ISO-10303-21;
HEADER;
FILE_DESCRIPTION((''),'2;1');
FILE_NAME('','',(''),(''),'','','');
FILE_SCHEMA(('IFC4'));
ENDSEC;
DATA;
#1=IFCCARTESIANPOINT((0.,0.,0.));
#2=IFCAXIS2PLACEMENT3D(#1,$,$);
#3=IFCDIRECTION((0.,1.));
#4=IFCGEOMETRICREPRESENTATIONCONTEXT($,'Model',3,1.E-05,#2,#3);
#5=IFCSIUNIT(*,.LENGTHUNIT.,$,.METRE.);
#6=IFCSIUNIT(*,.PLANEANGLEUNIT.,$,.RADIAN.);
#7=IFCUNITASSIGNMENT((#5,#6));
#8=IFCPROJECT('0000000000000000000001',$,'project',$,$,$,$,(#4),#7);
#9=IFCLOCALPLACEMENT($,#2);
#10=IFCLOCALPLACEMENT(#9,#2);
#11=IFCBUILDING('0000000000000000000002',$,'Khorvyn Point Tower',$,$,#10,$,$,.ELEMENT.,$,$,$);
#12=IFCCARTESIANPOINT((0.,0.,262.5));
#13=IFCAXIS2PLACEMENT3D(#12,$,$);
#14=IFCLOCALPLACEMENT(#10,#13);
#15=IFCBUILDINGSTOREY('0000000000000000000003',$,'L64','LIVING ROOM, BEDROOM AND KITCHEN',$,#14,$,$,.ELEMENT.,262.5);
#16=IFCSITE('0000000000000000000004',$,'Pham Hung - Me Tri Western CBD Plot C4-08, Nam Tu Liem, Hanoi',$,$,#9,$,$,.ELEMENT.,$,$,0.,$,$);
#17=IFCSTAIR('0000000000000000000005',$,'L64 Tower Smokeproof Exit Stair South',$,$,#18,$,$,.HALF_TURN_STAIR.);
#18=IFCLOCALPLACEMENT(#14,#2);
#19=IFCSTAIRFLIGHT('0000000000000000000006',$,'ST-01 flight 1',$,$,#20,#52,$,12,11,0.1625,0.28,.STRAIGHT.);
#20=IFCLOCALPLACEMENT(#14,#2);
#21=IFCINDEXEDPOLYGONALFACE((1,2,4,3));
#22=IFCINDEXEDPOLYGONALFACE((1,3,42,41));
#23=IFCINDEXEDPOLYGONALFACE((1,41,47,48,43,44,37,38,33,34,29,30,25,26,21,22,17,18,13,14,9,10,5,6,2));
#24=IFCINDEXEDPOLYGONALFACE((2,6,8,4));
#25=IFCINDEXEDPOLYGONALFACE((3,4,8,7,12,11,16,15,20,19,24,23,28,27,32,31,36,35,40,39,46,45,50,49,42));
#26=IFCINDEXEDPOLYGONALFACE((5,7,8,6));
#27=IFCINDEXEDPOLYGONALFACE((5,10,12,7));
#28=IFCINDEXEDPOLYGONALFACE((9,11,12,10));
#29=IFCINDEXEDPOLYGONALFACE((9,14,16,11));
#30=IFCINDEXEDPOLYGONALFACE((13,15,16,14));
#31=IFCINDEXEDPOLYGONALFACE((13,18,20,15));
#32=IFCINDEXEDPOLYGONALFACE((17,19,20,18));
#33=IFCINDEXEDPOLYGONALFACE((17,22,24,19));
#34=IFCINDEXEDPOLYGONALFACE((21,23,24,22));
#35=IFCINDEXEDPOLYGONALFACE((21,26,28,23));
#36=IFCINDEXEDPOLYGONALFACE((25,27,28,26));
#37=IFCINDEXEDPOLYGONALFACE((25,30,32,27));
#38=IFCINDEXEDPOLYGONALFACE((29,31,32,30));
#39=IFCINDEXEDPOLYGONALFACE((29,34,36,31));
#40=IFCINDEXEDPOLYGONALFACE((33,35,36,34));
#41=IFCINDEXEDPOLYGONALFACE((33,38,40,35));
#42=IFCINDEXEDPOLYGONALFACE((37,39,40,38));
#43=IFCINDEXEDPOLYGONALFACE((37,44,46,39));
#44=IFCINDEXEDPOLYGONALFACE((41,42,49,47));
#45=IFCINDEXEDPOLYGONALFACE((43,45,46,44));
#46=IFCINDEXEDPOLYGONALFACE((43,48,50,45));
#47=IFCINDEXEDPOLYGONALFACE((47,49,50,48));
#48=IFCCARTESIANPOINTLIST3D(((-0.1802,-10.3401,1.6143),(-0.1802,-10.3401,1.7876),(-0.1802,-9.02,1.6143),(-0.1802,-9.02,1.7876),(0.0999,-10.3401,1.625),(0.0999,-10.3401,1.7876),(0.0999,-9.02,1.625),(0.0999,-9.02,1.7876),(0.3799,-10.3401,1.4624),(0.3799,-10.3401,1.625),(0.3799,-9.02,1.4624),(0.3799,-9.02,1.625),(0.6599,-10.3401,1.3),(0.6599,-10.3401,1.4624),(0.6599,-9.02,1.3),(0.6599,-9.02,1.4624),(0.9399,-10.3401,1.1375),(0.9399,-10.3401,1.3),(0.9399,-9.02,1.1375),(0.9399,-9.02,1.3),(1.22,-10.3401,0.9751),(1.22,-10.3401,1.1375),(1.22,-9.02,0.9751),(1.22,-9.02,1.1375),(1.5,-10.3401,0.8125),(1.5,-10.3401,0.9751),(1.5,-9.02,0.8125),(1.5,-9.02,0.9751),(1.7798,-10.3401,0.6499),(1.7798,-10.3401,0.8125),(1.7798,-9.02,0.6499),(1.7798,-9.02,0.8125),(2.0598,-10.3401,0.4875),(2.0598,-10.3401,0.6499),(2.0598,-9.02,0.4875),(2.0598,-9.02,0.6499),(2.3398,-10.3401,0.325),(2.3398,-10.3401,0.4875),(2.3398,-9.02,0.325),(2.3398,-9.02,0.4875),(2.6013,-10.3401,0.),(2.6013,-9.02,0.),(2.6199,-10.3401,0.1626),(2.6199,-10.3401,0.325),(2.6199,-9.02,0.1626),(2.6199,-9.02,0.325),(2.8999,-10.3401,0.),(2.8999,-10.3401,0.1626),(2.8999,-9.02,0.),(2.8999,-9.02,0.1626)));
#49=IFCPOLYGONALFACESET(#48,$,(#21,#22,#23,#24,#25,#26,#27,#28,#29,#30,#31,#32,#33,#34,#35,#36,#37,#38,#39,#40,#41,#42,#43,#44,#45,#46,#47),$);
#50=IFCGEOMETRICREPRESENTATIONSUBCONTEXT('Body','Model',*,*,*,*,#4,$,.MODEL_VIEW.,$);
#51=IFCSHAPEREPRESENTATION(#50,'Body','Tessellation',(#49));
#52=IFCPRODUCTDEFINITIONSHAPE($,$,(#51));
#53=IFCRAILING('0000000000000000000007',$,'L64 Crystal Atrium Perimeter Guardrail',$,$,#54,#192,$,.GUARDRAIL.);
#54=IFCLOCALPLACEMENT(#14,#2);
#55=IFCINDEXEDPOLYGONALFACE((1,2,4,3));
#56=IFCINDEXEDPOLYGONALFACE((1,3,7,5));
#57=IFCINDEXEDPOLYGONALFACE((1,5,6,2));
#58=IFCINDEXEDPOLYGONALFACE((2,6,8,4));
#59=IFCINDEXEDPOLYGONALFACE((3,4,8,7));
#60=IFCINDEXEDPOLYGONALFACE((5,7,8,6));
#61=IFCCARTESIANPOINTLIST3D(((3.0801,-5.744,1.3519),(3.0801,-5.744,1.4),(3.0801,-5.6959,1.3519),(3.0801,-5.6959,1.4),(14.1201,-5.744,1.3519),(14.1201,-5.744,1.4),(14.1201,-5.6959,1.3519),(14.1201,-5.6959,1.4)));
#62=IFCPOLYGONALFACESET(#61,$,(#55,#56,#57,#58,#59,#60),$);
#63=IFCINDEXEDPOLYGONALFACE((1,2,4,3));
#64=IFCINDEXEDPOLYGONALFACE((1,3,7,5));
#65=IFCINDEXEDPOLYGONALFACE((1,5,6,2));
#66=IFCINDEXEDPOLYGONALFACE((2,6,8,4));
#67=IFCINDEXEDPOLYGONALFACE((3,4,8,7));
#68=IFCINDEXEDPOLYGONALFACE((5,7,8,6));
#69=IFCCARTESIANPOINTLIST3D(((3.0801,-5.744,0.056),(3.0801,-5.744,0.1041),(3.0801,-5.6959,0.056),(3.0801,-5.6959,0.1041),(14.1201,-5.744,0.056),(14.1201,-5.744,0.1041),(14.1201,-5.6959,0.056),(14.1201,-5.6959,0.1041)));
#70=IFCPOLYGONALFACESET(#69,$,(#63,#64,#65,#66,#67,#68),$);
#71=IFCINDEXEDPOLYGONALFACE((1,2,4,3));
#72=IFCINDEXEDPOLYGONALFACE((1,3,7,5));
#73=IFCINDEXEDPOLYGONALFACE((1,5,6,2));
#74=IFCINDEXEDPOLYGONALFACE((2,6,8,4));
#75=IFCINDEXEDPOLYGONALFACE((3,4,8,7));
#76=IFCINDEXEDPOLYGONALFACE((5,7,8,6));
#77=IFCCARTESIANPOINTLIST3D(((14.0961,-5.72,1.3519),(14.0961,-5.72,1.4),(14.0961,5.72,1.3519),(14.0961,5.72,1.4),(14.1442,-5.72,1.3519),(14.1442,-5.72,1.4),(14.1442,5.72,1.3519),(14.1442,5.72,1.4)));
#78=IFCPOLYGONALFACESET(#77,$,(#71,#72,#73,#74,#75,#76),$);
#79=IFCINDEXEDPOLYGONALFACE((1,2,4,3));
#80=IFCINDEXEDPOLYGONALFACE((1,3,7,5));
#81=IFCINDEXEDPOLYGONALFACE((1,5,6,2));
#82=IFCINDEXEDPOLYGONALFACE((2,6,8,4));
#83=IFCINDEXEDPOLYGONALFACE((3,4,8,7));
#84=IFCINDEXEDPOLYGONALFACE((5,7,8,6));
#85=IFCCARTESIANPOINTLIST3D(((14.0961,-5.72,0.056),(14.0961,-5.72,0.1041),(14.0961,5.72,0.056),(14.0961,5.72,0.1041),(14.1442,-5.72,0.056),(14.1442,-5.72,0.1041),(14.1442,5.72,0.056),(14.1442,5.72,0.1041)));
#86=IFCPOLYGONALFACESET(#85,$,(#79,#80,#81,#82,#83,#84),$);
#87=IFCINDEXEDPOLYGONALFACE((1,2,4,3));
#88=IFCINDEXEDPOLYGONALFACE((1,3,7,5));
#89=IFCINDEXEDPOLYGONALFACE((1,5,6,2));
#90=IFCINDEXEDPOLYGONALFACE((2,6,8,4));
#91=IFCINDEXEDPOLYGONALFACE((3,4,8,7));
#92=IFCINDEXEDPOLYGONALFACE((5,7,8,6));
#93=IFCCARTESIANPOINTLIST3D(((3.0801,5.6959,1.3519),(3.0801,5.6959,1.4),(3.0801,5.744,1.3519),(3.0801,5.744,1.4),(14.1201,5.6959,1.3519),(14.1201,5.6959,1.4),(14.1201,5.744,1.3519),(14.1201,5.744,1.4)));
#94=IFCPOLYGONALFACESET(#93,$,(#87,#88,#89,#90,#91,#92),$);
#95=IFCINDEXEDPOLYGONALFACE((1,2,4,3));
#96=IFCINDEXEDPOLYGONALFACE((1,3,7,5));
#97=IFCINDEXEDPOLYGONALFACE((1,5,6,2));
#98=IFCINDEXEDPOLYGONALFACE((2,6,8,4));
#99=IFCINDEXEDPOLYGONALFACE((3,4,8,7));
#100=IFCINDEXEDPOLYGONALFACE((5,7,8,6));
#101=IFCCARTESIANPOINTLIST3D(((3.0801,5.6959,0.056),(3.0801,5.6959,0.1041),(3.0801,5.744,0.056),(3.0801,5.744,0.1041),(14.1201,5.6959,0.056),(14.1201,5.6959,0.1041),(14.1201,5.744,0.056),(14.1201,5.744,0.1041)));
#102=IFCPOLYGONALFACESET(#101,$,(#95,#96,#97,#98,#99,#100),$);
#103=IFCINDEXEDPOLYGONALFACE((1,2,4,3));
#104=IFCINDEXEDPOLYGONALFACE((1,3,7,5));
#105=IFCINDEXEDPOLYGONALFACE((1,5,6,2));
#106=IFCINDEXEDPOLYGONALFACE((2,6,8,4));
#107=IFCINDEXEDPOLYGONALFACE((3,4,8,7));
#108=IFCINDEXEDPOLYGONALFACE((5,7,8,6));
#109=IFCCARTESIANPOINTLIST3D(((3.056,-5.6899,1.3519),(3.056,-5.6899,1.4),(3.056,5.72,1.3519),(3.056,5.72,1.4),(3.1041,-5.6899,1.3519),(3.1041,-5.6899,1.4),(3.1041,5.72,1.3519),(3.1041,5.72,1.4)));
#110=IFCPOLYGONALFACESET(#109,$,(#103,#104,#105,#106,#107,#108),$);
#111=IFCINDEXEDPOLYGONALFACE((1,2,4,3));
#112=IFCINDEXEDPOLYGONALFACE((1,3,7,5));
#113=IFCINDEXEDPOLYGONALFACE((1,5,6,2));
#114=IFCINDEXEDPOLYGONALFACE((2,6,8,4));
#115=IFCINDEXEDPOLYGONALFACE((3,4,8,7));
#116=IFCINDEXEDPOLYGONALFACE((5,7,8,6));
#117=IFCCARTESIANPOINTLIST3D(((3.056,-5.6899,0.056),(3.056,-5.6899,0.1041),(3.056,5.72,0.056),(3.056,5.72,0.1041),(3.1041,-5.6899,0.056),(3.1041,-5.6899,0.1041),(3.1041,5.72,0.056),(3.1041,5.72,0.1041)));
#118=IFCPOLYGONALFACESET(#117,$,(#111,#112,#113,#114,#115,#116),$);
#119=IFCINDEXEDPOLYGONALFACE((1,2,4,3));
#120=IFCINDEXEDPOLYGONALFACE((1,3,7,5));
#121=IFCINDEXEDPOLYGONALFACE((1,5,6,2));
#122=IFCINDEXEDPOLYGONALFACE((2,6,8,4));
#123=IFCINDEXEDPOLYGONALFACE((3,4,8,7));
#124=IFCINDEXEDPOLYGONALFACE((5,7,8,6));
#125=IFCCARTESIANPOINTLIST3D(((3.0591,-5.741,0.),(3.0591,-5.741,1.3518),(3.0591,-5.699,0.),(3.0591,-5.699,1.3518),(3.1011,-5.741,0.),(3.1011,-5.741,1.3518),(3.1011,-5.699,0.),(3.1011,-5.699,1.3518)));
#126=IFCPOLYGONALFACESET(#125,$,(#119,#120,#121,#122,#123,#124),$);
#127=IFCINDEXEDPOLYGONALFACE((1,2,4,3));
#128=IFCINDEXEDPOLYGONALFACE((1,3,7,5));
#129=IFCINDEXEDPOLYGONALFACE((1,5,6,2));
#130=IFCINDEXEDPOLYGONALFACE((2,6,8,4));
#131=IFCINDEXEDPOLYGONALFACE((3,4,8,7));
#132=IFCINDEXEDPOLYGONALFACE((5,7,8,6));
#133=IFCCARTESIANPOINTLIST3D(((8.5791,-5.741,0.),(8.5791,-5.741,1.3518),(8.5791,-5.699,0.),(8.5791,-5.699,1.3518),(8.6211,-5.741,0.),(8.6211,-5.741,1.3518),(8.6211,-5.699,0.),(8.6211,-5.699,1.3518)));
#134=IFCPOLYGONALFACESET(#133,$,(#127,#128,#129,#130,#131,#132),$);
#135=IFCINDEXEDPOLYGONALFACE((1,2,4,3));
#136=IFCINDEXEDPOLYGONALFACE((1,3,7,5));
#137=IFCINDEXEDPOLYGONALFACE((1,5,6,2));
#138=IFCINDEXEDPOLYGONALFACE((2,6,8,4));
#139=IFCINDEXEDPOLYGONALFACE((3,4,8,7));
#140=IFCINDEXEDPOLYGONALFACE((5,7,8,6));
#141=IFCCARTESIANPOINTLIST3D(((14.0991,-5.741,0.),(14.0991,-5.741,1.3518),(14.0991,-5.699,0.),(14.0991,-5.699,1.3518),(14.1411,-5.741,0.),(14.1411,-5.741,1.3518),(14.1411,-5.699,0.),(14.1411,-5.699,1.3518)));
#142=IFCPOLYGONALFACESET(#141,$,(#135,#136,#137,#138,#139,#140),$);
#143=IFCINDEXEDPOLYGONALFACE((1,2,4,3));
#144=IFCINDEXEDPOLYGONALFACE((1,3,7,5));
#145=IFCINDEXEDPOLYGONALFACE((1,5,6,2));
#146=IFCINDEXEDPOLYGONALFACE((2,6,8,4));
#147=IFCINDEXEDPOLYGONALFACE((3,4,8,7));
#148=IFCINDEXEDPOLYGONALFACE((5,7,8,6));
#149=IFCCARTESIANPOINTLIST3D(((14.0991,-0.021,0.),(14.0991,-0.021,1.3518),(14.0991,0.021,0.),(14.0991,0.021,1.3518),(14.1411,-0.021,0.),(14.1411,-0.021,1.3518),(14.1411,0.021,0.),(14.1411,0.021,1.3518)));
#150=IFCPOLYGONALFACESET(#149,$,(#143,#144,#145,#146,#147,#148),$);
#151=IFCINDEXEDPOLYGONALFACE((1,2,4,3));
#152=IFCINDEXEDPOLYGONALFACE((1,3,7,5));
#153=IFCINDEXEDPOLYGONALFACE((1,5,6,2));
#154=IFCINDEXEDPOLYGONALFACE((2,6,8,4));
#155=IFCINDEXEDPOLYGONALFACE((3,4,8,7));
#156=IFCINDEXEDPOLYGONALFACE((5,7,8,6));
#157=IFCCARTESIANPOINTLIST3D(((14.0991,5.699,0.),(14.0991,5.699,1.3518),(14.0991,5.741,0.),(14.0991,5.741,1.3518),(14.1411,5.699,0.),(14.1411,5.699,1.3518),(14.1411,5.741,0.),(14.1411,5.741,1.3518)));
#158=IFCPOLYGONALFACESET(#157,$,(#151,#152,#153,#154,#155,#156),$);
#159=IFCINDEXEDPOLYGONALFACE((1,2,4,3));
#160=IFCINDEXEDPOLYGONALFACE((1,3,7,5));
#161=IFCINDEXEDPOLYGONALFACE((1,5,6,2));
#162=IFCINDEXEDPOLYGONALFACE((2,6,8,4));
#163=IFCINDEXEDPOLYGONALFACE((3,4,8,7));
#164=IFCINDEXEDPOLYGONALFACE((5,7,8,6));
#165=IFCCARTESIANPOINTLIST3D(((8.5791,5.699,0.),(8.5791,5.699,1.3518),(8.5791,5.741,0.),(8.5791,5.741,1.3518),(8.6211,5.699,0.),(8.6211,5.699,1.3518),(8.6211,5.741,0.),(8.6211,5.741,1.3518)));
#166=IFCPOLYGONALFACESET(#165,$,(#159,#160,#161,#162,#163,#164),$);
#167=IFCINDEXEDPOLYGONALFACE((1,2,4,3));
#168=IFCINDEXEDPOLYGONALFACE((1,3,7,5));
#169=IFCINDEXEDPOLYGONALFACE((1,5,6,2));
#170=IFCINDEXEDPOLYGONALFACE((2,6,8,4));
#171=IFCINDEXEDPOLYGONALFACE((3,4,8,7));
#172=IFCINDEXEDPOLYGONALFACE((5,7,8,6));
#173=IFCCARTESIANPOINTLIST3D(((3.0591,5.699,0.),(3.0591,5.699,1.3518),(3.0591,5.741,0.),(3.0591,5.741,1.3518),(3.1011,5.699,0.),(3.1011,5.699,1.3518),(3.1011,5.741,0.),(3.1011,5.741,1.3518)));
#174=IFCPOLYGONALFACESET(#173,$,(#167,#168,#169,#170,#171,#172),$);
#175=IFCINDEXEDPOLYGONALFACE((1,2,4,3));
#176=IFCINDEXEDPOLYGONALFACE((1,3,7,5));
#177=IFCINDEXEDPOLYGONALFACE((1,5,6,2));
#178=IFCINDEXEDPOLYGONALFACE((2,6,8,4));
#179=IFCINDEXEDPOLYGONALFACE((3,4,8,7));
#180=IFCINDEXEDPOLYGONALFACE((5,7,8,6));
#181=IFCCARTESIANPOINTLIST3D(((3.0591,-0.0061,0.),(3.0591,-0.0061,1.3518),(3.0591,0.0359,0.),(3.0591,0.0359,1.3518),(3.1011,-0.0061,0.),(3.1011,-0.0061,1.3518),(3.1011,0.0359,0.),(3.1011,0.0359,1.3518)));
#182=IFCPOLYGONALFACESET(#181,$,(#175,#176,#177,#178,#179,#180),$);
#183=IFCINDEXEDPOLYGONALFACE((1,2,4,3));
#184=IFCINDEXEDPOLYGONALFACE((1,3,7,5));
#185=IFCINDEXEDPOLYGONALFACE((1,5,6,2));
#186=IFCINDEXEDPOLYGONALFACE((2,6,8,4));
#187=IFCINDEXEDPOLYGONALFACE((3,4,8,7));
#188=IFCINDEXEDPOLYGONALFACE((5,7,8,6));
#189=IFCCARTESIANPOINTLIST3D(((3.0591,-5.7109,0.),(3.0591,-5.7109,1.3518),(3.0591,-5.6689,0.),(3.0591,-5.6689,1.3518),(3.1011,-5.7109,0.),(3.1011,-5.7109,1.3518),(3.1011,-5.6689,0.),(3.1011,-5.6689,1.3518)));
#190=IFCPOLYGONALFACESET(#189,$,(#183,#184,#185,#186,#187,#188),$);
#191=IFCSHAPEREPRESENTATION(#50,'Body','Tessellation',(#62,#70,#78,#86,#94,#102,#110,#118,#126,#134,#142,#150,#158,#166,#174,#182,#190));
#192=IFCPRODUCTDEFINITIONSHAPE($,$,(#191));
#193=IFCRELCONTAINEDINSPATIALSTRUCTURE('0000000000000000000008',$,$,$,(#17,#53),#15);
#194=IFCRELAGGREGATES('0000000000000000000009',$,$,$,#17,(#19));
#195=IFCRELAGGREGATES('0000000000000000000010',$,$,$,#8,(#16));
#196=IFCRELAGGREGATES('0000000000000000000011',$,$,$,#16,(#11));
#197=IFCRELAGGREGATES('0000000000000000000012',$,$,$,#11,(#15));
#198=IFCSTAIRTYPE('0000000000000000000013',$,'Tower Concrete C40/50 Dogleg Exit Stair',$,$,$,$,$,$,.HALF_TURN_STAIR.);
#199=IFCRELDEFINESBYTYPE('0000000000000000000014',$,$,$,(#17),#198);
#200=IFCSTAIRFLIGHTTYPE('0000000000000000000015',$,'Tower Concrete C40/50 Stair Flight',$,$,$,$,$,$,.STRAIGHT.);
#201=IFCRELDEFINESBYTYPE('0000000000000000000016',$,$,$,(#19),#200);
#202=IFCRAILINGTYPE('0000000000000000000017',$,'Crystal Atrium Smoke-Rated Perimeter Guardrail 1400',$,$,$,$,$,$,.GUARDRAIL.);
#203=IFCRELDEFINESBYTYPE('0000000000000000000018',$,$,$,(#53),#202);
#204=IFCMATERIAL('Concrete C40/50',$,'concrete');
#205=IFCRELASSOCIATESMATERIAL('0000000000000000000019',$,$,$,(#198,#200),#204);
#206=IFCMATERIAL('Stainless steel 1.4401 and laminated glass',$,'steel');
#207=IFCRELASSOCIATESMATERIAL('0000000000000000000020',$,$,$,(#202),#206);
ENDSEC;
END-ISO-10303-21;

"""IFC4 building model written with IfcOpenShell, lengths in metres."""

from ifc_helpers import new_model, si_unit, direction, frame, origin, origin_2d, place, context, subcontext, project, spatial, polyline, rectangle, outline, extrude, material, type_object, element, aggregate, save


model = new_model("IFC4")

# Units and contexts
model_context = context("Model", 3, precision=1e-05, world=origin(), true_north=direction((0.0, 1.0)))
body_context = subcontext(model_context, "Body", "Model", "MODEL_VIEW")
ifc_project = project(units=[si_unit("LENGTHUNIT", "METRE"), si_unit("PLANEANGLEUNIT", "RADIAN")], contexts=[model_context])

# Site, building, storey
site_placement = place(None, origin())
site = spatial("IfcSite", under=ifc_project, at=site_placement, Name="Pham Hung - Me Tri Western CBD Plot C4-08, Nam Tu Liem, Hanoi", CompositionType="ELEMENT", RefElevation=0.0)
building_placement = place(site_placement, origin())
building = spatial("IfcBuilding", under=site, at=building_placement, Name="Khorvyn Point Tower", CompositionType="ELEMENT")
storey_placement = place(building_placement, frame((0.0, 0.0, 262.5)))
storey = spatial("IfcBuildingStorey", under=building, at=storey_placement, Name="L64", Description="LIVING ROOM, BEDROOM AND KITCHEN", CompositionType="ELEMENT", Elevation=262.5)

# Shared definitions
ifc_material_1 = material(Name="Concrete C40/50", Category="concrete")

# Stair, stair flight
stair_type = type_object("IfcStairType", Name="Tower Concrete C40/50 Dogleg Exit Stair", PredefinedType="HALF_TURN_STAIR", material=ifc_material_1)
stair_placement = place(storey_placement, origin())
stair = element("IfcStair", 1, at=stair_placement, inside=storey, type_object=stair_type, Name="L64 Tower Smokeproof Exit Stair South", PredefinedType="HALF_TURN_STAIR")
stair_flight_type = type_object("IfcStairFlightType", Name="Tower Concrete C40/50 Stair Flight", PredefinedType="STRAIGHT", material=ifc_material_1)
stair_flight_placement = place(storey_placement, frame((2.8999, -9.6799, 0.0), z_axis=(0.0, 0.0, 1.0), x_axis=(-1.0, 0.0, 0.0)))
stair_flight = element("IfcStairFlight", 2, at=stair_flight_placement, type_object=stair_flight_type, Name="ST-01 flight 1", NumberOfRisers=12, NumberOfTreads=11, PredefinedType="STRAIGHT", RiserHeight=0.1625, TreadLength=0.28, context=body_context, shape_type="SweptSolid", body=[
    extrude(outline(polyline([(0.0, 0.0), (0.0, 0.1626), (0.28, 0.1626), (0.28, 0.325), (0.5601, 0.325), (0.5601, 0.4875), (0.8401, 0.4875), (0.8401, 0.6499), (1.1201, 0.6499), (1.1201, 0.8125), (1.3999, 0.8125), (1.3999, 0.9751), (1.6799, 0.9751), (1.6799, 1.1375), (1.96, 1.1375), (1.96, 1.3), (2.24, 1.3), (2.24, 1.4624), (2.52, 1.4624), (2.52, 1.625), (2.8, 1.625), (2.8, 1.7876), (3.0801, 1.7876), (3.0801, 1.95), (3.0801, 1.6143), (0.2986, 0.0), (0.0, 0.0)])), frame((0.0, 0.6602, 0.0), z_axis=(0.0, -1.0, 0.0), x_axis=(1.0, 0.0, 0.0)), (0.0, 0.0, 1.0), 1.3201),
])
aggregate(stair, [stair_flight])

# Railing
ifc_material_2 = material(Name="Stainless steel 1.4401 and laminated glass", Category="steel")
railing_type_1 = type_object("IfcRailingType", Name="Crystal Atrium Smoke-Rated Perimeter Guardrail 1400", PredefinedType="GUARDRAIL", material=ifc_material_2)
railing_1_placement = place(storey_placement, frame((3.0801, -5.72, 0.0)))
element("IfcRailing", 3, at=railing_1_placement, inside=storey, type_object=railing_type_1, Name="L64 Crystal Atrium Perimeter Guardrail", PredefinedType="GUARDRAIL", context=body_context, shape_type="SweptSolid", body=[
    extrude(rectangle(XDim=0.0481, YDim=0.0481, at=origin_2d()), frame((0.0, 0.0, 1.376), z_axis=(1.0, 0.0, 0.0), x_axis=(0.0, 1.0, 0.0)), (0.0, 0.0, 1.0), 11.04),
    extrude(rectangle(XDim=0.0481, YDim=0.0481, at=origin_2d()), frame((0.0, 0.0, 0.0801), z_axis=(1.0, 0.0, 0.0), x_axis=(0.0, 1.0, 0.0)), (0.0, 0.0, 1.0), 11.04),
    extrude(rectangle(XDim=0.0481, YDim=0.0481, at=origin_2d()), frame((11.04, 0.0, 1.376), z_axis=(0.0, 1.0, 0.0), x_axis=(-1.0, 0.0, 0.0)), (0.0, 0.0, 1.0), 11.4399),
    extrude(rectangle(XDim=0.0481, YDim=0.0481, at=origin_2d()), frame((11.04, 0.0, 0.0801), z_axis=(0.0, 1.0, 0.0), x_axis=(-1.0, 0.0, 0.0)), (0.0, 0.0, 1.0), 11.4399),
    extrude(rectangle(XDim=0.0481, YDim=0.0481, at=origin_2d()), frame((11.04, 11.4399, 1.376), z_axis=(-1.0, 0.0, 0.0), x_axis=(0.0, -1.0, 0.0)), (0.0, 0.0, 1.0), 11.04),
    extrude(rectangle(XDim=0.0481, YDim=0.0481, at=origin_2d()), frame((11.04, 11.4399, 0.0801), z_axis=(-1.0, 0.0, 0.0), x_axis=(0.0, -1.0, 0.0)), (0.0, 0.0, 1.0), 11.04),
    extrude(rectangle(XDim=0.0481, YDim=0.0481, at=origin_2d()), frame((0.0, 11.4399, 1.376), z_axis=(0.0, -1.0, 0.0), x_axis=(1.0, 0.0, 0.0)), (0.0, 0.0, 1.0), 11.4099),
    extrude(rectangle(XDim=0.0481, YDim=0.0481, at=origin_2d()), frame((0.0, 11.4399, 0.0801), z_axis=(0.0, -1.0, 0.0), x_axis=(1.0, 0.0, 0.0)), (0.0, 0.0, 1.0), 11.4099),
    extrude(rectangle(XDim=0.042, YDim=0.042, at=origin_2d()), origin(), (0.0, 0.0, 1.0), 1.3518),
    extrude(rectangle(XDim=0.042, YDim=0.042, at=origin_2d()), frame((5.52, 0.0, 0.0)), (0.0, 0.0, 1.0), 1.3518),
    extrude(rectangle(XDim=0.042, YDim=0.042, at=origin_2d()), frame((11.04, 0.0, 0.0)), (0.0, 0.0, 1.0), 1.3518),
    extrude(rectangle(XDim=0.042, YDim=0.042, at=origin_2d()), frame((11.04, 5.72, 0.0)), (0.0, 0.0, 1.0), 1.3518),
    extrude(rectangle(XDim=0.042, YDim=0.042, at=origin_2d()), frame((11.04, 11.4399, 0.0)), (0.0, 0.0, 1.0), 1.3518),
    extrude(rectangle(XDim=0.042, YDim=0.042, at=origin_2d()), frame((5.52, 11.4399, 0.0)), (0.0, 0.0, 1.0), 1.3518),
    extrude(rectangle(XDim=0.042, YDim=0.042, at=origin_2d()), frame((0.0, 11.4399, 0.0)), (0.0, 0.0, 1.0), 1.3518),
    extrude(rectangle(XDim=0.042, YDim=0.042, at=origin_2d()), frame((0.0, 5.7349, 0.0)), (0.0, 0.0, 1.0), 1.3518),
    extrude(rectangle(XDim=0.042, YDim=0.042, at=origin_2d()), frame((0.0, 0.03, 0.0)), (0.0, 0.0, 1.0), 1.3518),
])

save(model, "model.ifc")
